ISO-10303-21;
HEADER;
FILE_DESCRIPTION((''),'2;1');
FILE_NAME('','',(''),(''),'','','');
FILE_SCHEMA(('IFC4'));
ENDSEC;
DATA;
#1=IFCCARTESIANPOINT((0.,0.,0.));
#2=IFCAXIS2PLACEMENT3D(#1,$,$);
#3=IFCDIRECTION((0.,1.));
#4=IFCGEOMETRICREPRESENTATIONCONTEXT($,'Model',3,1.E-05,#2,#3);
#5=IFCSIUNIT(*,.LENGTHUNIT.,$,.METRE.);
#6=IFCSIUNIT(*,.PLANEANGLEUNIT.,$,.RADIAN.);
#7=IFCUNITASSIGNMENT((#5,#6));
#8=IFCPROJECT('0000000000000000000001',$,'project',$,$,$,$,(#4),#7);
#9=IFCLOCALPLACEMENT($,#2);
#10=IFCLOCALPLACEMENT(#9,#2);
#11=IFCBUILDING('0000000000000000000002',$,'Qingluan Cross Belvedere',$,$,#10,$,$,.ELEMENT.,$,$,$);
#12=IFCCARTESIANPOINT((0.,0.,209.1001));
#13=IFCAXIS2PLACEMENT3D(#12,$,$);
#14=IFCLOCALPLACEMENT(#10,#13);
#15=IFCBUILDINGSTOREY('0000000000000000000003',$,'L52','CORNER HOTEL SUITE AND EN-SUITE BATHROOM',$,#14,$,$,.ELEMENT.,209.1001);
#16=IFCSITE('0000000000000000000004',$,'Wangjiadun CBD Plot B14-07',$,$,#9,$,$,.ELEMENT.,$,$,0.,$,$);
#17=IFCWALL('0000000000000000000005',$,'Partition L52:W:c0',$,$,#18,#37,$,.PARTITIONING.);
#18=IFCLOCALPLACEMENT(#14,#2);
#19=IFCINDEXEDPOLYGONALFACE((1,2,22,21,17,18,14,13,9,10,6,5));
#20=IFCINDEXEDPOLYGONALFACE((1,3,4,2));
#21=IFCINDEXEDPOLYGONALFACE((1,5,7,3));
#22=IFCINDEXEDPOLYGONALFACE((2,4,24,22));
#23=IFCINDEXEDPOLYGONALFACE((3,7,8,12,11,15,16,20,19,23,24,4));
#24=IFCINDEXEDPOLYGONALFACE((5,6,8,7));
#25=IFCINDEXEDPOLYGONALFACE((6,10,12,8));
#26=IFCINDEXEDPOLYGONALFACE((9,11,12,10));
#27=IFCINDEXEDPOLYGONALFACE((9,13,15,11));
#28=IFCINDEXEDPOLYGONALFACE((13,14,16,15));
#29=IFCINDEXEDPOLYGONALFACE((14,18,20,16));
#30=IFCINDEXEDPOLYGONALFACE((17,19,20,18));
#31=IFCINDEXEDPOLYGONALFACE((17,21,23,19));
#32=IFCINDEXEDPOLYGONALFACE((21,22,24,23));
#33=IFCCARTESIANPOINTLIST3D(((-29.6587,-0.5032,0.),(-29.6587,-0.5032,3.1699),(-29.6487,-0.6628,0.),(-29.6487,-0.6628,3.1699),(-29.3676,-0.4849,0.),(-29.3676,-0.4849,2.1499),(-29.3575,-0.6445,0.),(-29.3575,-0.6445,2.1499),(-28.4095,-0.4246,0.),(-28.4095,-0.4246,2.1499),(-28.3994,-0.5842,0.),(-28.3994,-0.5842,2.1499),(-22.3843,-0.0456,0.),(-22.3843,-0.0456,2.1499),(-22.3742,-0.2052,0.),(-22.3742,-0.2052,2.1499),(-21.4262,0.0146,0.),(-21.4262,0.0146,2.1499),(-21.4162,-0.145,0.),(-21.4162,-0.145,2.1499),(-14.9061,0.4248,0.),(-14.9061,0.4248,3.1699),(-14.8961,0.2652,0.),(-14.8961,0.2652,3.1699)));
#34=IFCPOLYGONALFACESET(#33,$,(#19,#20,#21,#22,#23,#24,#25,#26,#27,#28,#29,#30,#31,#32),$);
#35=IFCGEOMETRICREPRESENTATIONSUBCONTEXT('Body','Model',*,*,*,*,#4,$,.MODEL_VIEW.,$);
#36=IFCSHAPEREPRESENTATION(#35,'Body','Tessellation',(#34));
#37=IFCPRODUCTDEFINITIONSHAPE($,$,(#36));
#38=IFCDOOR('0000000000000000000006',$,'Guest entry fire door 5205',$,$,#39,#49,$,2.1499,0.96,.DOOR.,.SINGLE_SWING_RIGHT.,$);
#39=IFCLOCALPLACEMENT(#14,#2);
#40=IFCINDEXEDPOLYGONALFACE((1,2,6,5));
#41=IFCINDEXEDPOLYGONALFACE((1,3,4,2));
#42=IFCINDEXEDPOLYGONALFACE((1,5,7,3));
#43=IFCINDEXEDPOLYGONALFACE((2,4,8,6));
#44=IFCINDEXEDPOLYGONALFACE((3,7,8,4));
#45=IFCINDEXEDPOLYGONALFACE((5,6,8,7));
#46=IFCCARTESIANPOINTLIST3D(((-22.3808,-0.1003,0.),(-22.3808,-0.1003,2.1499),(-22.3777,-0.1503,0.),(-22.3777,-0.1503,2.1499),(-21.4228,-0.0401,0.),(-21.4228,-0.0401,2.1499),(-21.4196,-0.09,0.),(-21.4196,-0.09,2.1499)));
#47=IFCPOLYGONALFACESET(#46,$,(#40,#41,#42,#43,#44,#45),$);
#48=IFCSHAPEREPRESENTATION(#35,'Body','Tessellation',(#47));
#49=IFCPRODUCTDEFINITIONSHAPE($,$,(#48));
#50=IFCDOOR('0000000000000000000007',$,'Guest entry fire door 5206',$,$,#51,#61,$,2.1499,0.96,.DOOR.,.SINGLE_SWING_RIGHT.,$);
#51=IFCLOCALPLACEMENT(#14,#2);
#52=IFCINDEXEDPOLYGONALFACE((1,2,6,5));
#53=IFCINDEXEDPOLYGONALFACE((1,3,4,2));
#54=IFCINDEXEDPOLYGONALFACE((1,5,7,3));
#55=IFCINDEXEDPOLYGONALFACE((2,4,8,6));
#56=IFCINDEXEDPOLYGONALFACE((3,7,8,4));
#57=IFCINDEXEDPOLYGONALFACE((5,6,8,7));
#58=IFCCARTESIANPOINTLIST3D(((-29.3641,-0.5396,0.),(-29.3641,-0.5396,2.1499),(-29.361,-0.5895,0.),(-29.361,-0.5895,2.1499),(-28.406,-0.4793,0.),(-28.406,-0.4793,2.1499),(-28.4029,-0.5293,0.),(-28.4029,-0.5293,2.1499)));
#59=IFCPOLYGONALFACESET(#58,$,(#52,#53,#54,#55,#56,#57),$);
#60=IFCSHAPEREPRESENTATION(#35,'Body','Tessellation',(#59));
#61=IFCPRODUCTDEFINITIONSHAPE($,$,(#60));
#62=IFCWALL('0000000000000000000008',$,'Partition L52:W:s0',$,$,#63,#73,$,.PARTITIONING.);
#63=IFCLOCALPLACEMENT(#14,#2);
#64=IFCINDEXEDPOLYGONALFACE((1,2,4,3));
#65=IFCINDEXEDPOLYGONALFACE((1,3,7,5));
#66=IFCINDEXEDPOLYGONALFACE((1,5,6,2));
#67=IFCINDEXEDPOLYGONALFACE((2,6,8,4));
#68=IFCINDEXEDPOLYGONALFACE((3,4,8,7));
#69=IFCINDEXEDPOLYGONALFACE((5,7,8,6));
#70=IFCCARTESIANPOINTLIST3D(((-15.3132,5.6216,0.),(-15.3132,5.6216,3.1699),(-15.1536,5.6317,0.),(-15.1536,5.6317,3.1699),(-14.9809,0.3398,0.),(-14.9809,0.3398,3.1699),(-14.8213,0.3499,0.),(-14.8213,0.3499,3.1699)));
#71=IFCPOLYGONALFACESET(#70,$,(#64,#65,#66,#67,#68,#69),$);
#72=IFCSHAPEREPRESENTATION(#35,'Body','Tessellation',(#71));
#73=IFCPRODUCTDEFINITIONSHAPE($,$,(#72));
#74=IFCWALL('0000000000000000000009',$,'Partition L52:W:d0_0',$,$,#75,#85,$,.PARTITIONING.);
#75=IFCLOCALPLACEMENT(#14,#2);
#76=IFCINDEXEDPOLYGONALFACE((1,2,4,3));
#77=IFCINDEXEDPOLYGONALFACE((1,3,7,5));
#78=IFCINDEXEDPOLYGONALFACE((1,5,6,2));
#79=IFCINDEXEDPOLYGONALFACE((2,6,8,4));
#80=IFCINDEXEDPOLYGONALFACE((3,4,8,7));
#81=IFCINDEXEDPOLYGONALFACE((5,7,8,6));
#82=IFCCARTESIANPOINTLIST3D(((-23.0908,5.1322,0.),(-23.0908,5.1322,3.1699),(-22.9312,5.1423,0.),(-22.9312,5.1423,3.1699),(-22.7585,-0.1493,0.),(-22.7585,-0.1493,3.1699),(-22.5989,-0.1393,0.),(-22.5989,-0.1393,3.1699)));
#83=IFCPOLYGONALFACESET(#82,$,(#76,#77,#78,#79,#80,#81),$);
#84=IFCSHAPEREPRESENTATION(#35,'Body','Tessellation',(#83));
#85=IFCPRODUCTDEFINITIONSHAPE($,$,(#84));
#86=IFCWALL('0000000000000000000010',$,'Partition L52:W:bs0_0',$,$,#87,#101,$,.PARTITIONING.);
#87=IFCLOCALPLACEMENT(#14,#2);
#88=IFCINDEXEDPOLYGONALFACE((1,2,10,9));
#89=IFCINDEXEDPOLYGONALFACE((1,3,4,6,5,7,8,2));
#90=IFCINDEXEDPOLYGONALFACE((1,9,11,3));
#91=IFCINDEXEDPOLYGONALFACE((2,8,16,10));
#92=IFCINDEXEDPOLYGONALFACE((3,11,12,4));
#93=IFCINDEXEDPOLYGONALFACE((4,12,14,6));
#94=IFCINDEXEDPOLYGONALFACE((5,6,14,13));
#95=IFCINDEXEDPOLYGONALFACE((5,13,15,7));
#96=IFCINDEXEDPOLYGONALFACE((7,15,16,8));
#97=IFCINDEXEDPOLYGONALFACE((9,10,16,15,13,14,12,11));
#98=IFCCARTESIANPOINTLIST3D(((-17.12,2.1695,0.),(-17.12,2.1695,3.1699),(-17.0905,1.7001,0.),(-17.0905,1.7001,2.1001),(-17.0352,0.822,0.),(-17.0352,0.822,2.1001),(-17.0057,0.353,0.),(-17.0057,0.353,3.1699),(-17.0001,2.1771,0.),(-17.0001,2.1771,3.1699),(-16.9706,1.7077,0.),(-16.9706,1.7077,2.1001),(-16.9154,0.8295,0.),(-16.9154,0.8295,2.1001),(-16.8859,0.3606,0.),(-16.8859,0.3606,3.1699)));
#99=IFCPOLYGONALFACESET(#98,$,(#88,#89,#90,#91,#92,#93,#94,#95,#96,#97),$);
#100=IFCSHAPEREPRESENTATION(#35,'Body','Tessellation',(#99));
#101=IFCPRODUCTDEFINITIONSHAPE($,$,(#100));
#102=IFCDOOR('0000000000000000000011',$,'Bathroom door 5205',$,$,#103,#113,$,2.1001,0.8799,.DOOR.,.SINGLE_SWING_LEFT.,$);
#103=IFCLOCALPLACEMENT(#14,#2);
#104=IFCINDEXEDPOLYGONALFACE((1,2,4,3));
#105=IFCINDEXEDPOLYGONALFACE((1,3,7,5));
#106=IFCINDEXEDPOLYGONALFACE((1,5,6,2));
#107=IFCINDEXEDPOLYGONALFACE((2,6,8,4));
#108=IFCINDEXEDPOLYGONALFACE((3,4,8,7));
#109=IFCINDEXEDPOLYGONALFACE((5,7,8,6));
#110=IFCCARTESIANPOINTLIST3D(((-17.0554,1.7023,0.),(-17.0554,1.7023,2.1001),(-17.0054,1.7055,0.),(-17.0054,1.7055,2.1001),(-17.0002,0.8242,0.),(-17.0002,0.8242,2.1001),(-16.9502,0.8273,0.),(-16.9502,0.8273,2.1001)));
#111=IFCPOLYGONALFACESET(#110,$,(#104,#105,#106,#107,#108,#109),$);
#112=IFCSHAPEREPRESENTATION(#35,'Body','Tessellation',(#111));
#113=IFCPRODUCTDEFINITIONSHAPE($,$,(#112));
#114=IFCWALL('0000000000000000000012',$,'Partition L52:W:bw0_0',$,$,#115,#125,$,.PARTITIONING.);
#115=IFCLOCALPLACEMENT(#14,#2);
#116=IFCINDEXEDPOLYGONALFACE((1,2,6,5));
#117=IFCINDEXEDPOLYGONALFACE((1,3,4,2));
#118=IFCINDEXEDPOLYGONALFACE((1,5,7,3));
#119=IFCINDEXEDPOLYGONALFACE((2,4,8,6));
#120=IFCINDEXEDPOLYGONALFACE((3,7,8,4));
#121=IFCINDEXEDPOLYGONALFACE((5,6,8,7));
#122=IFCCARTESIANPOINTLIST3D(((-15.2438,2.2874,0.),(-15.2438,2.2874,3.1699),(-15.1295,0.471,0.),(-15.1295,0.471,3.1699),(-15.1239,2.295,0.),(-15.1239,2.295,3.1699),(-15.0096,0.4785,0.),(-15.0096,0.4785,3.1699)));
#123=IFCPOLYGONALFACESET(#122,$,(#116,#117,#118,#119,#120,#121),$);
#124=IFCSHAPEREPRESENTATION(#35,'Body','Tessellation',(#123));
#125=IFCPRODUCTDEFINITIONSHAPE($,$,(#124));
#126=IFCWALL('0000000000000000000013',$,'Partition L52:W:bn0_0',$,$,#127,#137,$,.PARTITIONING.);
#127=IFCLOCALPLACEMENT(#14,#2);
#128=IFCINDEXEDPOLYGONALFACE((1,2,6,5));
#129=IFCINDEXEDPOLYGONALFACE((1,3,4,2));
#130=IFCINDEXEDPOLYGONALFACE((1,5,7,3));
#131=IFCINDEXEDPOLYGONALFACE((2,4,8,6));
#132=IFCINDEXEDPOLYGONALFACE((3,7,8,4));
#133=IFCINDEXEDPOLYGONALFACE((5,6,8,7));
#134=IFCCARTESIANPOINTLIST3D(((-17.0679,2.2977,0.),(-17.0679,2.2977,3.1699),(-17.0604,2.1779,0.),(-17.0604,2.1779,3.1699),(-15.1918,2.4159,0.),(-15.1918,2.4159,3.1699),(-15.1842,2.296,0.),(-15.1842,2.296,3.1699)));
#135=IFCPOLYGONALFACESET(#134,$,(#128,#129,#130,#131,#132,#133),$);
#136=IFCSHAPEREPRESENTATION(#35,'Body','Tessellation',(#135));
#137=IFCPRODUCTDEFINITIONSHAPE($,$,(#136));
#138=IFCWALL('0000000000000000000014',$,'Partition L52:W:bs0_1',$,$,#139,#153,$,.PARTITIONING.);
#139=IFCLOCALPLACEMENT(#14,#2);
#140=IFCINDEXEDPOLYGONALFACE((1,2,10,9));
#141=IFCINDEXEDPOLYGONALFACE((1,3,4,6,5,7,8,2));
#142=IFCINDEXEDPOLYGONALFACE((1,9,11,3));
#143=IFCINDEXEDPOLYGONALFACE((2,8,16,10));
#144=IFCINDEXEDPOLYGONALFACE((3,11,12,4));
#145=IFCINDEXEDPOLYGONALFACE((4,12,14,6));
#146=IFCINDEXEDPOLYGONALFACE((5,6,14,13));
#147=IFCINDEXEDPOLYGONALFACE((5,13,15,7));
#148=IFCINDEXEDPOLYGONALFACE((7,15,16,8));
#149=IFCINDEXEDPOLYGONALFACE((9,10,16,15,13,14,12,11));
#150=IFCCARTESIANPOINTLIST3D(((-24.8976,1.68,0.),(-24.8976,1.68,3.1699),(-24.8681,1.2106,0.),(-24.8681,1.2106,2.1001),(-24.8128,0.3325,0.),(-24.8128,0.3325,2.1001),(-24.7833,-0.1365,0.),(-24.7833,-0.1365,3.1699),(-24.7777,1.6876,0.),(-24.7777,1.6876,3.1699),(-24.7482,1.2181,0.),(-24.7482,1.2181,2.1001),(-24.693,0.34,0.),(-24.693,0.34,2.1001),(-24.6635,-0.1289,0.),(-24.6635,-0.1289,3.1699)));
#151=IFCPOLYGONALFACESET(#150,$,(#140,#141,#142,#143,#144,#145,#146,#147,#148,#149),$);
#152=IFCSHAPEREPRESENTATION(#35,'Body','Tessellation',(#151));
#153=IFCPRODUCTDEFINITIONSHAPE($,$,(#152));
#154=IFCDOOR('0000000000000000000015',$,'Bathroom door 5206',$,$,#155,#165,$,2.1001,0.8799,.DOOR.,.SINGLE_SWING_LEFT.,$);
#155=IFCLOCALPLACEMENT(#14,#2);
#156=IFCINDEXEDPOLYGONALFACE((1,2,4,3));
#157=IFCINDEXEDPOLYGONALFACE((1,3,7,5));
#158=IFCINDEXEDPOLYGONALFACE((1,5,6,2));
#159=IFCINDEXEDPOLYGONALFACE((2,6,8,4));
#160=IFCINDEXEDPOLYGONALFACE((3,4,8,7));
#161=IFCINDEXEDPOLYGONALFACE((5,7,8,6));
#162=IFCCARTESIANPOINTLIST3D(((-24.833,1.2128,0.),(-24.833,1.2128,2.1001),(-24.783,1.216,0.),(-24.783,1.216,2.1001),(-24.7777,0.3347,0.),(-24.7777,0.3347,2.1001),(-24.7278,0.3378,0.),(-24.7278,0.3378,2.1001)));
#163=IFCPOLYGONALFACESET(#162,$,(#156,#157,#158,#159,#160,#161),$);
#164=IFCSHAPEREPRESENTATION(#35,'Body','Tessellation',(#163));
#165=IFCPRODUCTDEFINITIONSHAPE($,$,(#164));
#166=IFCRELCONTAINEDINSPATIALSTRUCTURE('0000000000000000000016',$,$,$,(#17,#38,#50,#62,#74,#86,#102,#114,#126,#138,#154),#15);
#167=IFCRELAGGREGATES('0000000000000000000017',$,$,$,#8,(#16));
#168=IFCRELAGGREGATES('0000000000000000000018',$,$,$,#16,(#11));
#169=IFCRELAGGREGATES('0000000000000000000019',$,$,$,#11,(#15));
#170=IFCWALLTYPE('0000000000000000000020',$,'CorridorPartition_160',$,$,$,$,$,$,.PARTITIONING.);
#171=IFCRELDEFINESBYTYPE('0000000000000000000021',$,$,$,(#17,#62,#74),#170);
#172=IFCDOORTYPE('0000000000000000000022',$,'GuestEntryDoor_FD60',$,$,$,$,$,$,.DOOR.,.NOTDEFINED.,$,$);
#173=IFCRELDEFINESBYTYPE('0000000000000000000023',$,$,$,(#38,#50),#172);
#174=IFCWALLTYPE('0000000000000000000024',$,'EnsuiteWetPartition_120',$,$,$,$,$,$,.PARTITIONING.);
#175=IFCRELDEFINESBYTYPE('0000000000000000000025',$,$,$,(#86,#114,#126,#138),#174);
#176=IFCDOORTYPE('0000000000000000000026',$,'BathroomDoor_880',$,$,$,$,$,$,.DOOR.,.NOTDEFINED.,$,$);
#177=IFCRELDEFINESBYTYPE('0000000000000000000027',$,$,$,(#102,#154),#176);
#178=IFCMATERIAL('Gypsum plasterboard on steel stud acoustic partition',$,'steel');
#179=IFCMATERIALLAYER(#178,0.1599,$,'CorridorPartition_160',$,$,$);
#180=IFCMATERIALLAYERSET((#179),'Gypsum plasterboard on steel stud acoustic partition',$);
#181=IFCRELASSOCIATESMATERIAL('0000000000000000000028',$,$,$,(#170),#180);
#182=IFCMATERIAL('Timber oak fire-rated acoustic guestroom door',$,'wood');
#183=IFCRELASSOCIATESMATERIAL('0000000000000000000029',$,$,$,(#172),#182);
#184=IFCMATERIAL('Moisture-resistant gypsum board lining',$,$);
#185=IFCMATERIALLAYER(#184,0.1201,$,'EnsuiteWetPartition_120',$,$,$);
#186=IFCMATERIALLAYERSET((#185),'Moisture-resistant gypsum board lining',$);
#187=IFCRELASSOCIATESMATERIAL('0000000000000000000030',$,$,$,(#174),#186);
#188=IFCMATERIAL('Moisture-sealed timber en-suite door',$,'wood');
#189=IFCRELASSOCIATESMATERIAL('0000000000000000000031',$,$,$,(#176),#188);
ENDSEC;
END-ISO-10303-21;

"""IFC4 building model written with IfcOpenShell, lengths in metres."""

from ifc_helpers import new_model, si_unit, direction, frame, frame_2d, origin, place, context, subcontext, project, spatial, rectangle, extrude, material, layer, layer_set, type_object, element, fill, save


model = new_model("IFC4")

# Units and contexts
model_context = context("Model", 3, precision=1e-05, world=origin(), true_north=direction((0.0, 1.0)))
body_context = subcontext(model_context, "Body", "Model", "MODEL_VIEW")
ifc_project = project(units=[si_unit("LENGTHUNIT", "METRE"), si_unit("PLANEANGLEUNIT", "RADIAN")], contexts=[model_context])

# Site, building, storey
site_placement = place(None, origin())
site = spatial("IfcSite", under=ifc_project, at=site_placement, Name="Wangjiadun CBD Plot B14-07", CompositionType="ELEMENT", RefElevation=0.0)
building_placement = place(site_placement, origin())
building = spatial("IfcBuilding", under=site, at=building_placement, Name="Qingluan Cross Belvedere", CompositionType="ELEMENT")
storey_placement = place(building_placement, frame((0.0, 0.0, 209.1001)))
storey = spatial("IfcBuildingStorey", under=building, at=storey_placement, Name="L52", Description="CORNER HOTEL SUITE AND EN-SUITE BATHROOM", CompositionType="ELEMENT", Elevation=209.1001)

# Wall, openings, doors
ifc_material_1 = material(Name="Gypsum plasterboard on steel stud acoustic partition", Category="steel")
ifc_layer_1 = layer(ifc_material_1, 0.1599, Name="CorridorPartition_160")
ifc_layer_set_1 = layer_set([ifc_layer_1], Name="Gypsum plasterboard on steel stud acoustic partition")
wall_type_1 = type_object("IfcWallType", Name="CorridorPartition_160", PredefinedType="PARTITIONING", material=ifc_layer_set_1)
wall_1_placement = place(storey_placement, frame((-14.9011, 0.345, 0.0), z_axis=(0.0, 0.0, 1.0), x_axis=(-0.998027, -0.062778, 0.0)))
wall_1 = element("IfcWall", 1, at=wall_1_placement, inside=storey, type_object=wall_type_1, Name="Partition L52:W:c0", PredefinedType="PARTITIONING", context=body_context, shape_type="SweptSolid", body=[
    extrude(rectangle(XDim=14.7817, YDim=0.1599, at=frame_2d((7.3909, 0.0))), origin(), (0.0, 0.0, 1.0), 3.1699),
])
opening_1_placement = place(wall_1_placement, frame((6.533, 0.0, 0.0)))
opening_1 = element("IfcOpeningElement", 2, at=opening_1_placement, cuts=wall_1, PredefinedType="OPENING", context=body_context, shape_type="SweptSolid", body=[
    extrude(rectangle(XDim=0.96, YDim=2.1499, at=frame_2d((0.48, 1.075))), frame((0.0, 0.0898, 0.0), z_axis=(0.0, -1.0, 0.0), x_axis=(1.0, 0.0, 0.0)), (0.0, 0.0, 1.0), 0.1799),
])
opening_2_placement = place(wall_1_placement, frame((13.53, 0.0, 0.0)))
opening_2 = element("IfcOpeningElement", 3, at=opening_2_placement, cuts=wall_1, PredefinedType="OPENING", context=body_context, shape_type="SweptSolid", body=[
    extrude(rectangle(XDim=0.96, YDim=2.1499, at=frame_2d((0.48, 1.075))), frame((0.0, 0.0898, 0.0), z_axis=(0.0, -1.0, 0.0), x_axis=(1.0, 0.0, 0.0)), (0.0, 0.0, 1.0), 0.1799),
])
ifc_material_2 = material(Name="Timber oak fire-rated acoustic guestroom door", Category="wood")
door_type_1 = type_object("IfcDoorType", Name="GuestEntryDoor_FD60", OperationType="NOTDEFINED", PredefinedType="DOOR", material=ifc_material_2)
door_1_placement = place(opening_1_placement, origin())
door_1 = element("IfcDoor", 4, at=door_1_placement, inside=storey, type_object=door_type_1, Name="Guest entry fire door 5205", OperationType="SINGLE_SWING_RIGHT", OverallHeight=2.1499, OverallWidth=0.96, PredefinedType="DOOR", context=body_context, shape_type="SweptSolid", body=[
    extrude(rectangle(XDim=0.96, YDim=2.1499, at=frame_2d((0.48, 1.075))), frame((0.0, 0.0249, 0.0), z_axis=(0.0, -1.0, 0.0), x_axis=(1.0, 0.0, 0.0)), (0.0, 0.0, 1.0), 0.05),
])
fill(opening_1, door_1)
door_2_placement = place(opening_2_placement, origin())
door_2 = element("IfcDoor", 5, at=door_2_placement, inside=storey, type_object=door_type_1, Name="Guest entry fire door 5206", OperationType="SINGLE_SWING_RIGHT", OverallHeight=2.1499, OverallWidth=0.96, PredefinedType="DOOR", context=body_context, shape_type="SweptSolid", body=[
    extrude(rectangle(XDim=0.96, YDim=2.1499, at=frame_2d((0.48, 1.075))), frame((0.0, 0.0249, 0.0), z_axis=(0.0, -1.0, 0.0), x_axis=(1.0, 0.0, 0.0)), (0.0, 0.0, 1.0), 0.05),
])
fill(opening_2, door_2)

# Walls
wall_2_placement = place(storey_placement, frame((-14.9011, 0.345, 0.0), z_axis=(0.0, 0.0, 1.0), x_axis=(-0.062786, 0.998027, 0.0)))
element("IfcWall", 6, at=wall_2_placement, inside=storey, type_object=wall_type_1, Name="Partition L52:W:s0", PredefinedType="PARTITIONING", context=body_context, shape_type="SweptSolid", body=[
    extrude(rectangle(XDim=5.2922, YDim=0.1599, at=frame_2d((2.646, 0.0))), origin(), (0.0, 0.0, 1.0), 3.1699),
])
wall_3_placement = place(storey_placement, frame((-22.6787, -0.1443, 0.0), z_axis=(0.0, 0.0, 1.0), x_axis=(-0.062789, 0.998027, 0.0)))
element("IfcWall", 7, at=wall_3_placement, inside=storey, type_object=wall_type_1, Name="Partition L52:W:d0_0", PredefinedType="PARTITIONING", context=body_context, shape_type="SweptSolid", body=[
    extrude(rectangle(XDim=5.292, YDim=0.1599, at=frame_2d((2.646, 0.0))), origin(), (0.0, 0.0, 1.0), 3.1699),
])

# Wall, opening, door
ifc_material_3 = material(Name="Moisture-resistant gypsum board lining")
ifc_layer_2 = layer(ifc_material_3, 0.1201, Name="EnsuiteWetPartition_120")
ifc_layer_set_2 = layer_set([ifc_layer_2], Name="Moisture-resistant gypsum board lining")
wall_type_2 = type_object("IfcWallType", Name="EnsuiteWetPartition_120", PredefinedType="PARTITIONING", material=ifc_layer_set_2)
wall_4_placement = place(storey_placement, frame((-16.9458, 0.3567, 0.0), z_axis=(0.0, 0.0, 1.0), x_axis=(-0.062779, 0.998027, 0.0)))
wall_4 = element("IfcWall", 8, at=wall_4_placement, inside=storey, type_object=wall_type_2, Name="Partition L52:W:bs0_0", PredefinedType="PARTITIONING", context=body_context, shape_type="SweptSolid", body=[
    extrude(rectangle(XDim=1.8201, YDim=0.1201, at=frame_2d((0.9102, 0.0))), origin(), (0.0, 0.0, 1.0), 3.1699),
])
opening_3_placement = place(wall_4_placement, frame((0.47, 0.0, 0.0)))
opening_3 = element("IfcOpeningElement", 9, at=opening_3_placement, cuts=wall_4, PredefinedType="OPENING", context=body_context, shape_type="SweptSolid", body=[
    extrude(rectangle(XDim=0.8799, YDim=2.1001, at=frame_2d((0.4399, 1.05))), frame((0.0, 0.0701, 0.0), z_axis=(0.0, -1.0, 0.0), x_axis=(1.0, 0.0, 0.0)), (0.0, 0.0, 1.0), 0.1401),
])
ifc_material_4 = material(Name="Moisture-sealed timber en-suite door", Category="wood")
door_type_2 = type_object("IfcDoorType", Name="BathroomDoor_880", OperationType="NOTDEFINED", PredefinedType="DOOR", material=ifc_material_4)
door_3_placement = place(opening_3_placement, origin())
door_3 = element("IfcDoor", 10, at=door_3_placement, inside=storey, type_object=door_type_2, Name="Bathroom door 5205", OperationType="SINGLE_SWING_LEFT", OverallHeight=2.1001, OverallWidth=0.8799, PredefinedType="DOOR", context=body_context, shape_type="SweptSolid", body=[
    extrude(rectangle(XDim=0.8799, YDim=2.1001, at=frame_2d((0.4399, 1.05))), frame((0.0, 0.0249, 0.0), z_axis=(0.0, -1.0, 0.0), x_axis=(1.0, 0.0, 0.0)), (0.0, 0.0, 1.0), 0.05),
])
fill(opening_3, door_3)

# Walls
wall_5_placement = place(storey_placement, frame((-15.0696, 0.4746, 0.0), z_axis=(0.0, 0.0, 1.0), x_axis=(-0.062779, 0.998027, 0.0)))
element("IfcWall", 11, at=wall_5_placement, inside=storey, type_object=wall_type_2, Name="Partition L52:W:bw0_0", PredefinedType="PARTITIONING", context=body_context, shape_type="SweptSolid", body=[
    extrude(rectangle(XDim=1.8201, YDim=0.1201, at=frame_2d((0.9102, 0.0))), origin(), (0.0, 0.0, 1.0), 3.1699),
])
wall_6_placement = place(storey_placement, frame((-15.188, 2.356, 0.0), z_axis=(0.0, 0.0, 1.0), x_axis=(-0.998023, -0.062855, 0.0)))
element("IfcWall", 12, at=wall_6_placement, inside=storey, type_object=wall_type_2, Name="Partition L52:W:bn0_0", PredefinedType="PARTITIONING", context=body_context, shape_type="SweptSolid", body=[
    extrude(rectangle(XDim=1.8799, YDim=0.1201, at=frame_2d((0.9399, 0.0))), origin(), (0.0, 0.0, 1.0), 3.1699),
])

# Wall, opening, door
wall_7_placement = place(storey_placement, frame((-24.7234, -0.1328, 0.0), z_axis=(0.0, 0.0, 1.0), x_axis=(-0.062779, 0.998027, 0.0)))
wall_7 = element("IfcWall", 13, at=wall_7_placement, inside=storey, type_object=wall_type_2, Name="Partition L52:W:bs0_1", PredefinedType="PARTITIONING", context=body_context, shape_type="SweptSolid", body=[
    extrude(rectangle(XDim=1.8201, YDim=0.1201, at=frame_2d((0.9102, 0.0))), origin(), (0.0, 0.0, 1.0), 3.1699),
])
opening_4_placement = place(wall_7_placement, frame((0.47, 0.0, 0.0)))
opening_4 = element("IfcOpeningElement", 14, at=opening_4_placement, cuts=wall_7, PredefinedType="OPENING", context=body_context, shape_type="SweptSolid", body=[
    extrude(rectangle(XDim=0.8799, YDim=2.1001, at=frame_2d((0.4399, 1.05))), frame((0.0, 0.0701, 0.0), z_axis=(0.0, -1.0, 0.0), x_axis=(1.0, 0.0, 0.0)), (0.0, 0.0, 1.0), 0.1401),
])
door_4_placement = place(opening_4_placement, origin())
door_4 = element("IfcDoor", 15, at=door_4_placement, inside=storey, type_object=door_type_2, Name="Bathroom door 5206", OperationType="SINGLE_SWING_LEFT", OverallHeight=2.1001, OverallWidth=0.8799, PredefinedType="DOOR", context=body_context, shape_type="SweptSolid", body=[
    extrude(rectangle(XDim=0.8799, YDim=2.1001, at=frame_2d((0.4399, 1.05))), frame((0.0, 0.0249, 0.0), z_axis=(0.0, -1.0, 0.0), x_axis=(1.0, 0.0, 0.0)), (0.0, 0.0, 1.0), 0.05),
])
fill(opening_4, door_4)

save(model, "model.ifc")
